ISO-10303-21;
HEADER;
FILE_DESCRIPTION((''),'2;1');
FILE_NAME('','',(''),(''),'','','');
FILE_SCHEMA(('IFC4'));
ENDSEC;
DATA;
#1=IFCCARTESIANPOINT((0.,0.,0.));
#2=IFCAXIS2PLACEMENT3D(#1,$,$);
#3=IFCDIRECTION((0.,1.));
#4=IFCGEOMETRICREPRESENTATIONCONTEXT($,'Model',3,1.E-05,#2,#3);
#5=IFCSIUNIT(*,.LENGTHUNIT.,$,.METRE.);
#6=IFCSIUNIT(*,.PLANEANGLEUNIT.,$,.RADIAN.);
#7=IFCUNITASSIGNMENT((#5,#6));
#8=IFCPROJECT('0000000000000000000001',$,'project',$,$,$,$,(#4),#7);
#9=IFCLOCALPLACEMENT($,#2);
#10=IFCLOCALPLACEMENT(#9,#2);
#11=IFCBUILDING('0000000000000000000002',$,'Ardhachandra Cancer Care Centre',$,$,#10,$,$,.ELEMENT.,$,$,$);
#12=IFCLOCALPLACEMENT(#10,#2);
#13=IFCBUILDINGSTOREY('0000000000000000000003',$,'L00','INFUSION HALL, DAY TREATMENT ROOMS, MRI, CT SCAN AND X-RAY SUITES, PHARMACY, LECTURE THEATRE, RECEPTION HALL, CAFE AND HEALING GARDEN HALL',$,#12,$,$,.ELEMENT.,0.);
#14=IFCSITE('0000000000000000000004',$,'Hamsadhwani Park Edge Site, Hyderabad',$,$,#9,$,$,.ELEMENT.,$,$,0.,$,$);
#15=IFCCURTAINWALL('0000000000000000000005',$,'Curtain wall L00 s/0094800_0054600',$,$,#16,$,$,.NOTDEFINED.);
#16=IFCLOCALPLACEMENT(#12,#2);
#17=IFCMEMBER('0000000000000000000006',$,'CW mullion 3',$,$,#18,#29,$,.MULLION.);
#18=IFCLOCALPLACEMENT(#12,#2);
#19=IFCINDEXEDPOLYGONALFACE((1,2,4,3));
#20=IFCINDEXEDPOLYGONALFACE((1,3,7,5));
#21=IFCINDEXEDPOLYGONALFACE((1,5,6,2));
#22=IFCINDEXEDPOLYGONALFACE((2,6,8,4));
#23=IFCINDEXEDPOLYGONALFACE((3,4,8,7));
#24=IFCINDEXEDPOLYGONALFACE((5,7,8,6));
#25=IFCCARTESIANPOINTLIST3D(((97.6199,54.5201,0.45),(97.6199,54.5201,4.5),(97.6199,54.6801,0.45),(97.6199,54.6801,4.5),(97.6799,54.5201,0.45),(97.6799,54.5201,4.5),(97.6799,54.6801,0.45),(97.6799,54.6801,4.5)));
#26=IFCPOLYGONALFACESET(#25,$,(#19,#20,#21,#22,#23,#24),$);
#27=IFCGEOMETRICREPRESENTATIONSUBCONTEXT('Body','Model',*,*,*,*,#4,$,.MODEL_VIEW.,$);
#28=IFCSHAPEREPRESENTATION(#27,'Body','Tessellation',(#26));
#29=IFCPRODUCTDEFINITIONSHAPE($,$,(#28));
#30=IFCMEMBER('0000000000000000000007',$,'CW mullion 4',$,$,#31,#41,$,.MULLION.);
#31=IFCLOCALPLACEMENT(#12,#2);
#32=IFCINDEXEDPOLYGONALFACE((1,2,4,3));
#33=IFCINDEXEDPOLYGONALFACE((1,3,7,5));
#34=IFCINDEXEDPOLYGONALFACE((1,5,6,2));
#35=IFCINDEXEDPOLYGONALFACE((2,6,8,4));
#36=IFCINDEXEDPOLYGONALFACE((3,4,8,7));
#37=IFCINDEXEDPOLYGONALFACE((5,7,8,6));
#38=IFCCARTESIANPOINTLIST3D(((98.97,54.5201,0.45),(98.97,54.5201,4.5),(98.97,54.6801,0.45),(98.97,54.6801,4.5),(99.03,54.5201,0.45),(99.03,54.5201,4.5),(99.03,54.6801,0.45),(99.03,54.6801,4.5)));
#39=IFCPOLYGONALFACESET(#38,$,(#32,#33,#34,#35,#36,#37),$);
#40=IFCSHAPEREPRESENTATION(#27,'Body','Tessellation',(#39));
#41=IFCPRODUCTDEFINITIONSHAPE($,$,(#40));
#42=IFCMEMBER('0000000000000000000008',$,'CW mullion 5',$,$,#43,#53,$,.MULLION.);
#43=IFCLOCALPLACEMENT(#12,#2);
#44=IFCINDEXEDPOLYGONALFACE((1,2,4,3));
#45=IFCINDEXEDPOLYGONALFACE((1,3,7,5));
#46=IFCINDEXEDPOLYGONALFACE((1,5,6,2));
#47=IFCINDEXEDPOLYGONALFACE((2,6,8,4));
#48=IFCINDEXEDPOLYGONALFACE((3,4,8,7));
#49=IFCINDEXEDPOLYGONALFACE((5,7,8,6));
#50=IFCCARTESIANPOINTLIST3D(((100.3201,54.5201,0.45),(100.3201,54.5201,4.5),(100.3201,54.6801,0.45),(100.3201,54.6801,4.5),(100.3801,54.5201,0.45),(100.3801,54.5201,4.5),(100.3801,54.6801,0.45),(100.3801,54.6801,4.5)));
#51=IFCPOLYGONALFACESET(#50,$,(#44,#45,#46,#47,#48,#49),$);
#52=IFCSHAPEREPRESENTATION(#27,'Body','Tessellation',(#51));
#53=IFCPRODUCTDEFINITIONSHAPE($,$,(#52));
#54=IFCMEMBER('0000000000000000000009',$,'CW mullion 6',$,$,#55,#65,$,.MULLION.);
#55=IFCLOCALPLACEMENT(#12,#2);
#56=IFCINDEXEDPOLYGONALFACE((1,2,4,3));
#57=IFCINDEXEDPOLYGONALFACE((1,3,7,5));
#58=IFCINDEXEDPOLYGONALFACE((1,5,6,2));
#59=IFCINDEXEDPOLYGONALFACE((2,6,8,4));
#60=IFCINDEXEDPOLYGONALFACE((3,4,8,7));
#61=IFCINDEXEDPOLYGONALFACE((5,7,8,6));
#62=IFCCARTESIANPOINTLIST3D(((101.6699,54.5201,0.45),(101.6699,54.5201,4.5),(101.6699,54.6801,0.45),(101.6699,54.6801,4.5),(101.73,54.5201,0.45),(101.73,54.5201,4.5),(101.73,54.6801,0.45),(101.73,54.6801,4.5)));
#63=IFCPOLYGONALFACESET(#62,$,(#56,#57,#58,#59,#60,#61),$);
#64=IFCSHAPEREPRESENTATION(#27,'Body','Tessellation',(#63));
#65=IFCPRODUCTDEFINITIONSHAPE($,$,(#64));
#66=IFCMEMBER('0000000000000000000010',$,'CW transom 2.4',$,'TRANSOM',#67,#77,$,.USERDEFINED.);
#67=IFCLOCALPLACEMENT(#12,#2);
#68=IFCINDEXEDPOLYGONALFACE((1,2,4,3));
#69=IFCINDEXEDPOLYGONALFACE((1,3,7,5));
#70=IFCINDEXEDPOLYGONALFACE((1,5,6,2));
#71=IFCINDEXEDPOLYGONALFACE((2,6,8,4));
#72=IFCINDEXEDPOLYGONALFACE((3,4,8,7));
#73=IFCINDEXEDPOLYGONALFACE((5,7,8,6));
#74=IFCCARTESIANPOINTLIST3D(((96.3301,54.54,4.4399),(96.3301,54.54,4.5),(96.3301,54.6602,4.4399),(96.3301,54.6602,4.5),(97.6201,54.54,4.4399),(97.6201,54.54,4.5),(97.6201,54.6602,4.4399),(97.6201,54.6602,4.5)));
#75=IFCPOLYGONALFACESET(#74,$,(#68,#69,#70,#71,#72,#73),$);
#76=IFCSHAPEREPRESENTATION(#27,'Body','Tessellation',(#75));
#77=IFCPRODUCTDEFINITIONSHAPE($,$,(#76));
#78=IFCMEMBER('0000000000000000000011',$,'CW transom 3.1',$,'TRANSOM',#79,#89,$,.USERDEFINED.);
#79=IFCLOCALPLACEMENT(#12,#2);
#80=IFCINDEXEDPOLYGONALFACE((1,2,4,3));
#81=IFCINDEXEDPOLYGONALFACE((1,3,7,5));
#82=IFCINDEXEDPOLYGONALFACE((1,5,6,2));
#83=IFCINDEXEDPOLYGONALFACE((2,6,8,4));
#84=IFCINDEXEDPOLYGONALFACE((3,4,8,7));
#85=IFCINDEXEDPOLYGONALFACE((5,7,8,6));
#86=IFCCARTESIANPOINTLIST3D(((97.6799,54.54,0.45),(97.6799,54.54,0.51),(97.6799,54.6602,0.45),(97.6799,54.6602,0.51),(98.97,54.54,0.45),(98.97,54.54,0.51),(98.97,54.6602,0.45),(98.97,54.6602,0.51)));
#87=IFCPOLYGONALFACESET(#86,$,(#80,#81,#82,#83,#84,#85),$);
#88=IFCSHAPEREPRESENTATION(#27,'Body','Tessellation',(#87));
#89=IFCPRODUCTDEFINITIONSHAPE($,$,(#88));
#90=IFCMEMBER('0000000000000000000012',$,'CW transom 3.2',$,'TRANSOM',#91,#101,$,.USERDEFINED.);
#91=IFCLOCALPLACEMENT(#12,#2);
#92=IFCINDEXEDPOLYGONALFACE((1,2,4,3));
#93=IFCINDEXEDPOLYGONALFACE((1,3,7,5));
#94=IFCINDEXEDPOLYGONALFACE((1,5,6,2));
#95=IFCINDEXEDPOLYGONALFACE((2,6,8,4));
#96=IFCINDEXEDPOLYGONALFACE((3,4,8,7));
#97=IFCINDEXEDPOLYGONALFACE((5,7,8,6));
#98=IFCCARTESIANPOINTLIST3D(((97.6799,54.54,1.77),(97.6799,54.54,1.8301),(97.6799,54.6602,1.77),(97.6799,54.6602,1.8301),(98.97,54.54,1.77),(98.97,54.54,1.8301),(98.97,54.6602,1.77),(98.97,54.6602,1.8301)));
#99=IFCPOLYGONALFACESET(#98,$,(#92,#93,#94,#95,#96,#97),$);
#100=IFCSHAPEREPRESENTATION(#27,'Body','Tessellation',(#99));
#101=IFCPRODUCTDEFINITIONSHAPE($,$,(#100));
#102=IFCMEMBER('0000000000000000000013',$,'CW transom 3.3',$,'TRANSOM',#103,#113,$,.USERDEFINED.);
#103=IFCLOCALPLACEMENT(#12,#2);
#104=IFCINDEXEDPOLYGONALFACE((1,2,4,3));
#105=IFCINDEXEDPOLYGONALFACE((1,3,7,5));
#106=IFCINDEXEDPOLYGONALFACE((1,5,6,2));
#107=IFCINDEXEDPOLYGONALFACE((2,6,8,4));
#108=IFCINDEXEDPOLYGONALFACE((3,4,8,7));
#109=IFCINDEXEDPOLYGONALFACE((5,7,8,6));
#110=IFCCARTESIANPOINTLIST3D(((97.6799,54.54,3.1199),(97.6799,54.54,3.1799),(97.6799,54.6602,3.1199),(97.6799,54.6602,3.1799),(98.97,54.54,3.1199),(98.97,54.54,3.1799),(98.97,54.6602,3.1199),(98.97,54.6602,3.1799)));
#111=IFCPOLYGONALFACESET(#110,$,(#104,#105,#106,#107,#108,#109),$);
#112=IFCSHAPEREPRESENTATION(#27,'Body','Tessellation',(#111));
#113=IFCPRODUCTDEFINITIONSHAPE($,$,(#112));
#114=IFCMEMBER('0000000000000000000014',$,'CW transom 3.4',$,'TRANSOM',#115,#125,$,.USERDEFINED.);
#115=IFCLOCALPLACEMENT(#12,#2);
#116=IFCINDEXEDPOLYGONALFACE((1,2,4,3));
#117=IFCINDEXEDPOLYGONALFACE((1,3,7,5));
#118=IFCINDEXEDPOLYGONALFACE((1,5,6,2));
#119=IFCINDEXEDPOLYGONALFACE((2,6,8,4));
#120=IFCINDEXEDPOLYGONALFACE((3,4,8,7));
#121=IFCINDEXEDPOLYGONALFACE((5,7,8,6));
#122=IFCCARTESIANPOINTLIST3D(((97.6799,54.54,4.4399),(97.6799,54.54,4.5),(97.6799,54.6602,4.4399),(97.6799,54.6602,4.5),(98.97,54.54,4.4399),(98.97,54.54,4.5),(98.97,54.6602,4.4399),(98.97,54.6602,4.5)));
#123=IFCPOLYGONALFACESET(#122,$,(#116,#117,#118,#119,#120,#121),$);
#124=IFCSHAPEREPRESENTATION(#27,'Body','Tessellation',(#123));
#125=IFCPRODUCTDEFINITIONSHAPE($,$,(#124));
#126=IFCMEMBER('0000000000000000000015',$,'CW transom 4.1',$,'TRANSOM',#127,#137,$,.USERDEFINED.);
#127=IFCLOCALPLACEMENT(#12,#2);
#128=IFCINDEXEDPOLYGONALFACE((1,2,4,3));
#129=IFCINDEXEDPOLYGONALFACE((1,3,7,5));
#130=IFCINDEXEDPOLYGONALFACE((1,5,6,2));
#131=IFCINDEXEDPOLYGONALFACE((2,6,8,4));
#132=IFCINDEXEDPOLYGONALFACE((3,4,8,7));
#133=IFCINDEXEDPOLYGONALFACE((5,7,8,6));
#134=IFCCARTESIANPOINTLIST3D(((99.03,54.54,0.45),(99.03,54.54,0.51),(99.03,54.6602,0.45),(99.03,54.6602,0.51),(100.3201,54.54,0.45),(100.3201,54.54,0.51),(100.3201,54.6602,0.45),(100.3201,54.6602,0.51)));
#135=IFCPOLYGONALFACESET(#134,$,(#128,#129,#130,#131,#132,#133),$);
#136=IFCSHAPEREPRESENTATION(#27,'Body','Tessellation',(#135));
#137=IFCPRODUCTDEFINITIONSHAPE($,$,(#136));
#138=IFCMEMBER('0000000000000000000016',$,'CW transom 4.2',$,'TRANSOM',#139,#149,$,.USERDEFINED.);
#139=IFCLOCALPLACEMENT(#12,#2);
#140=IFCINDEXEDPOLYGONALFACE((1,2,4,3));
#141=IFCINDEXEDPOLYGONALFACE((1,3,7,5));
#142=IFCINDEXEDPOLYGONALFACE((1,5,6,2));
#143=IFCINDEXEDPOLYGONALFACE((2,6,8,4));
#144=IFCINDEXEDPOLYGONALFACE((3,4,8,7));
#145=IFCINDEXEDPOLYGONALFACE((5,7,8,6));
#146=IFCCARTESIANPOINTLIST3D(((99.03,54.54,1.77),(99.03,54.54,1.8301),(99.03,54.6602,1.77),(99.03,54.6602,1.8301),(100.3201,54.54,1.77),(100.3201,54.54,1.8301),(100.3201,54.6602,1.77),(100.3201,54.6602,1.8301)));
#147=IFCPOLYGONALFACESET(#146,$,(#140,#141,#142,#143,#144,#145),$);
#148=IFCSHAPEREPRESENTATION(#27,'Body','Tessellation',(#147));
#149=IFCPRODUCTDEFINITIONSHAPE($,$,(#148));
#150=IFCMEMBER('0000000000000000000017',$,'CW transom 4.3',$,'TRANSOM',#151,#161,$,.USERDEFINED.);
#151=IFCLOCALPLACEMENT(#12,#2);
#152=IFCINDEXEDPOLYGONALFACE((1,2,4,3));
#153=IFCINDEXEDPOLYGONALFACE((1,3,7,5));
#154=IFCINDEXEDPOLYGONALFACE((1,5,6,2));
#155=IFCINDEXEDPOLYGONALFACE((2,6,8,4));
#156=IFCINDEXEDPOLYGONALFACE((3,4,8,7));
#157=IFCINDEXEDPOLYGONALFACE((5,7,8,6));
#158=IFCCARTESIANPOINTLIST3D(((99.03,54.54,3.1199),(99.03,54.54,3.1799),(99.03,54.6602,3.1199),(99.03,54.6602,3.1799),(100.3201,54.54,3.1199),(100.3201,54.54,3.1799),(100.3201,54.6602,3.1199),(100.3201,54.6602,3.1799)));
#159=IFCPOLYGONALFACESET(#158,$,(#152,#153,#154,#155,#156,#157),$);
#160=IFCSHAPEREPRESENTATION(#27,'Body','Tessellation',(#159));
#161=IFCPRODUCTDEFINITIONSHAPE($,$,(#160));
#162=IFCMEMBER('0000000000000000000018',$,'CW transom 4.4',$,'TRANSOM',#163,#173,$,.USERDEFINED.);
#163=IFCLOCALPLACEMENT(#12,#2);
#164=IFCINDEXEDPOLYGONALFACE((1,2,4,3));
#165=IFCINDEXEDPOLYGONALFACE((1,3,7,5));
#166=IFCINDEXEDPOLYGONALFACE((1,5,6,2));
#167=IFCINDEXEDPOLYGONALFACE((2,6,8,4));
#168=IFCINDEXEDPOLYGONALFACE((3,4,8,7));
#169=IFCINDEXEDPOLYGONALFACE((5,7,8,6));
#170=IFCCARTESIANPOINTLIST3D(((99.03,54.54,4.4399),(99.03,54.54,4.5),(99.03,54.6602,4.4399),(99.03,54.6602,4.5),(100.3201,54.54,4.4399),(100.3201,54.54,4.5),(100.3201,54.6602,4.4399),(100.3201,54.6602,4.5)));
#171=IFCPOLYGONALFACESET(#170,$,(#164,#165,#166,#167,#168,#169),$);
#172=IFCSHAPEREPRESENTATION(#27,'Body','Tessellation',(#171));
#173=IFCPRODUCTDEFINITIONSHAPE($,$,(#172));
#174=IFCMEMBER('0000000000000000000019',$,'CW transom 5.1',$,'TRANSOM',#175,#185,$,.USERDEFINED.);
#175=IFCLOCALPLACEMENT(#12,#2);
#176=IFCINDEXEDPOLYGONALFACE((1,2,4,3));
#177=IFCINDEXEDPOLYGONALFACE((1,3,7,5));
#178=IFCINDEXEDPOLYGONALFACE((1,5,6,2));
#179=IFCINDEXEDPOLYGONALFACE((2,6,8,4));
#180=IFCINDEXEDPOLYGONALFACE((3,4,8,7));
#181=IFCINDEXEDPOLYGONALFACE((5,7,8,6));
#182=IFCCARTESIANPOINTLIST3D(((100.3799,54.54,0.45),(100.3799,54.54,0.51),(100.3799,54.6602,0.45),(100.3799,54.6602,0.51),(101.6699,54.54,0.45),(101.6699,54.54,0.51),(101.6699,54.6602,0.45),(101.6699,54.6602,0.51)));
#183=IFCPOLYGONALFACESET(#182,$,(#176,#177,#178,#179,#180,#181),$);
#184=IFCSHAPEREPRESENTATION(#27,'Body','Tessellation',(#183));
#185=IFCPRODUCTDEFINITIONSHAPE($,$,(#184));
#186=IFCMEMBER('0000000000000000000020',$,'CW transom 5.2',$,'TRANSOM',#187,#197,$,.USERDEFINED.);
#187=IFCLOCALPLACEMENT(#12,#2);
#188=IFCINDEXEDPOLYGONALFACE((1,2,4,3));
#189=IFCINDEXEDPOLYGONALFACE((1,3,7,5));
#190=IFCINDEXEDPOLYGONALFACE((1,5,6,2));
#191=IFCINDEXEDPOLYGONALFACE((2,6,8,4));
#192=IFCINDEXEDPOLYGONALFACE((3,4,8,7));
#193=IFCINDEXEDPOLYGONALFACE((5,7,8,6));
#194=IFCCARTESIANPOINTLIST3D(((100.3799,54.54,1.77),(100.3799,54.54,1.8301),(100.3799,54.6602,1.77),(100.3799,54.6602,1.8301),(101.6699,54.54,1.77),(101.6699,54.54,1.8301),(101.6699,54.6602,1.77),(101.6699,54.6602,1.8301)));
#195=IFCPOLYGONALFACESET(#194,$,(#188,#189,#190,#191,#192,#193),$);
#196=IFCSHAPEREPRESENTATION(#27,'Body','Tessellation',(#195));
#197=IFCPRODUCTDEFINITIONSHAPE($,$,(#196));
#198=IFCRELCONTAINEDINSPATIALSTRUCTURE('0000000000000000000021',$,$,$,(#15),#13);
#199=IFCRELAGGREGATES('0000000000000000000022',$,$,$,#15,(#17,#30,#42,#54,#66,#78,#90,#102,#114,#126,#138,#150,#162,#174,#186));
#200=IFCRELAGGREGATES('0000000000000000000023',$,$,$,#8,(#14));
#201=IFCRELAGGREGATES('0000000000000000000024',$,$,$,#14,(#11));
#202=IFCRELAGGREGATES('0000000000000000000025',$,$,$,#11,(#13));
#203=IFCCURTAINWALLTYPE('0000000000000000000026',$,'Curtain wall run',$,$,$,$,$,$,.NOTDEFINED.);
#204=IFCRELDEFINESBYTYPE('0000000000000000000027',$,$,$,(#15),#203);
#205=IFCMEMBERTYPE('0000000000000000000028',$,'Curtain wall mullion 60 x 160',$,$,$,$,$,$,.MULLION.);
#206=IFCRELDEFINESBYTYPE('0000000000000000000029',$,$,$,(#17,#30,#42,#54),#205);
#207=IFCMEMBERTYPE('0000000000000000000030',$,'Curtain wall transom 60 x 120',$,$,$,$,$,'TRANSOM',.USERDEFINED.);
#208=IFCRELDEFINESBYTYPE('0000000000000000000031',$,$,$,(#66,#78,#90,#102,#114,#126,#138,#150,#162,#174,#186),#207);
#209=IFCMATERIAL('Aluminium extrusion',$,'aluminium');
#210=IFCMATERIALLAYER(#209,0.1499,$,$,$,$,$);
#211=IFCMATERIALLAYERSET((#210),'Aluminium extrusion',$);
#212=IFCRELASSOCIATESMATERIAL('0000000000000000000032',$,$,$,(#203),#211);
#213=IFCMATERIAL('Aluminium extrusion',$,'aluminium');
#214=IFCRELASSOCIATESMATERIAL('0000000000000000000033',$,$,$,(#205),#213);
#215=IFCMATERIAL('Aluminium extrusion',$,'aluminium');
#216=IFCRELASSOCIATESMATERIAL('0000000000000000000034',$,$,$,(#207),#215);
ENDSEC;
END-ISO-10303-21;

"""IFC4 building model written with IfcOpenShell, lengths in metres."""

from ifc_helpers import new_model, si_unit, direction, frame, origin, origin_2d, place, context, subcontext, project, spatial, rectangle, extrude, material, layer, layer_set, material_profile, profile_set, type_object, element, aggregate, save


model = new_model("IFC4")

# Units and contexts
model_context = context("Model", 3, precision=1e-05, world=origin(), true_north=direction((0.0, 1.0)))
body_context = subcontext(model_context, "Body", "Model", "MODEL_VIEW")
ifc_project = project(units=[si_unit("LENGTHUNIT", "METRE"), si_unit("PLANEANGLEUNIT", "RADIAN")], contexts=[model_context])

# Site, building, storey
site_placement = place(None, origin())
site = spatial("IfcSite", under=ifc_project, at=site_placement, Name="Hamsadhwani Park Edge Site, Hyderabad", CompositionType="ELEMENT", RefElevation=0.0)
building_placement = place(site_placement, origin())
building = spatial("IfcBuilding", under=site, at=building_placement, Name="Ardhachandra Cancer Care Centre", CompositionType="ELEMENT")
storey_placement = place(building_placement, origin())
storey = spatial("IfcBuildingStorey", under=building, at=storey_placement, Name="L00", Description="INFUSION HALL, DAY TREATMENT ROOMS, MRI, CT SCAN AND X-RAY SUITES, PHARMACY, LECTURE THEATRE, RECEPTION HALL, CAFE AND HEALING GARDEN HALL", CompositionType="ELEMENT", Elevation=0.0)

# Curtain wall, members
ifc_material_1 = material(Name="Aluminium extrusion", Category="aluminium")
ifc_layer_1 = layer(ifc_material_1, 0.1499)
ifc_layer_set_1 = layer_set([ifc_layer_1], Name="Aluminium extrusion")
curtain_wall_type = type_object("IfcCurtainWallType", Name="Curtain wall run", PredefinedType="NOTDEFINED", material=ifc_layer_set_1)
curtain_wall_placement = place(storey_placement, origin())
curtain_wall = element("IfcCurtainWall", 1, at=curtain_wall_placement, inside=storey, type_object=curtain_wall_type, Name="Curtain wall L00 s/0094800_0054600", PredefinedType="NOTDEFINED")
ifc_material_2 = material(Name="Aluminium extrusion", Category="aluminium")
ifc_material_profile_1 = material_profile(ifc_material_2, rectangle(XDim=0.1599, YDim=0.0601, at=origin_2d()), Name="Curtain wall mullion 60 x 160")
ifc_profile_set_1 = profile_set([ifc_material_profile_1], Name="Aluminium extrusion")
member_type_1 = type_object("IfcMemberType", Name="Curtain wall mullion 60 x 160", PredefinedType="MULLION", material=ifc_profile_set_1)
member_1_placement = place(storey_placement, frame((97.6499, 54.6001, 0.45), z_axis=(0.0, 0.0, 1.0), x_axis=(0.0, 1.0, 0.0)))
member_1 = element("IfcMember", 2, at=member_1_placement, type_object=member_type_1, Name="CW mullion 3", PredefinedType="MULLION", context=body_context, shape_type="SweptSolid", body=[
    extrude(rectangle(XDim=0.1599, YDim=0.0601, at=origin_2d()), origin(), (0.0, 0.0, 1.0), 4.05),
])
member_2_placement = place(storey_placement, frame((99.0, 54.6001, 0.45), z_axis=(0.0, 0.0, 1.0), x_axis=(0.0, 1.0, 0.0)))
member_2 = element("IfcMember", 3, at=member_2_placement, type_object=member_type_1, Name="CW mullion 4", PredefinedType="MULLION", context=body_context, shape_type="SweptSolid", body=[
    extrude(rectangle(XDim=0.1599, YDim=0.0601, at=origin_2d()), origin(), (0.0, 0.0, 1.0), 4.05),
])
member_3_placement = place(storey_placement, frame((100.3501, 54.6001, 0.45), z_axis=(0.0, 0.0, 1.0), x_axis=(0.0, 1.0, 0.0)))
member_3 = element("IfcMember", 4, at=member_3_placement, type_object=member_type_1, Name="CW mullion 5", PredefinedType="MULLION", context=body_context, shape_type="SweptSolid", body=[
    extrude(rectangle(XDim=0.1599, YDim=0.0601, at=origin_2d()), origin(), (0.0, 0.0, 1.0), 4.05),
])
member_4_placement = place(storey_placement, frame((101.7, 54.6001, 0.45), z_axis=(0.0, 0.0, 1.0), x_axis=(0.0, 1.0, 0.0)))
member_4 = element("IfcMember", 5, at=member_4_placement, type_object=member_type_1, Name="CW mullion 6", PredefinedType="MULLION", context=body_context, shape_type="SweptSolid", body=[
    extrude(rectangle(XDim=0.1599, YDim=0.0601, at=origin_2d()), origin(), (0.0, 0.0, 1.0), 4.05),
])
ifc_material_3 = material(Name="Aluminium extrusion", Category="aluminium")
ifc_material_profile_2 = material_profile(ifc_material_3, rectangle(XDim=0.1201, YDim=0.0601, at=origin_2d()), Name="Curtain wall transom 60 x 120")
ifc_profile_set_2 = profile_set([ifc_material_profile_2], Name="Aluminium extrusion")
member_type_2 = type_object("IfcMemberType", Name="Curtain wall transom 60 x 120", ElementType="TRANSOM", PredefinedType="USERDEFINED", material=ifc_profile_set_2)
member_5_placement = place(storey_placement, frame((96.3301, 54.6001, 4.47), z_axis=(1.0, 0.0, 0.0), x_axis=(0.0, 1.0, 0.0)))
member_5 = element("IfcMember", 6, at=member_5_placement, type_object=member_type_2, Name="CW transom 2.4", ObjectType="TRANSOM", PredefinedType="USERDEFINED", context=body_context, shape_type="SweptSolid", body=[
    extrude(rectangle(XDim=0.1201, YDim=0.0601, at=origin_2d()), origin(), (0.0, 0.0, 1.0), 1.29),
])
member_6_placement = place(storey_placement, frame((97.6799, 54.6001, 0.48), z_axis=(1.0, 0.0, 0.0), x_axis=(0.0, 1.0, 0.0)))
member_6 = element("IfcMember", 7, at=member_6_placement, type_object=member_type_2, Name="CW transom 3.1", ObjectType="TRANSOM", PredefinedType="USERDEFINED", context=body_context, shape_type="SweptSolid", body=[
    extrude(rectangle(XDim=0.1201, YDim=0.0601, at=origin_2d()), origin(), (0.0, 0.0, 1.0), 1.29),
])
member_7_placement = place(storey_placement, frame((97.6799, 54.6001, 1.8), z_axis=(1.0, 0.0, 0.0), x_axis=(0.0, 1.0, 0.0)))
member_7 = element("IfcMember", 8, at=member_7_placement, type_object=member_type_2, Name="CW transom 3.2", ObjectType="TRANSOM", PredefinedType="USERDEFINED", context=body_context, shape_type="SweptSolid", body=[
    extrude(rectangle(XDim=0.1201, YDim=0.0601, at=origin_2d()), origin(), (0.0, 0.0, 1.0), 1.29),
])
member_8_placement = place(storey_placement, frame((97.6799, 54.6001, 3.1499), z_axis=(1.0, 0.0, 0.0), x_axis=(0.0, 1.0, 0.0)))
member_8 = element("IfcMember", 9, at=member_8_placement, type_object=member_type_2, Name="CW transom 3.3", ObjectType="TRANSOM", PredefinedType="USERDEFINED", context=body_context, shape_type="SweptSolid", body=[
    extrude(rectangle(XDim=0.1201, YDim=0.0601, at=origin_2d()), origin(), (0.0, 0.0, 1.0), 1.29),
])
member_9_placement = place(storey_placement, frame((97.6799, 54.6001, 4.47), z_axis=(1.0, 0.0, 0.0), x_axis=(0.0, 1.0, 0.0)))
member_9 = element("IfcMember", 10, at=member_9_placement, type_object=member_type_2, Name="CW transom 3.4", ObjectType="TRANSOM", PredefinedType="USERDEFINED", context=body_context, shape_type="SweptSolid", body=[
    extrude(rectangle(XDim=0.1201, YDim=0.0601, at=origin_2d()), origin(), (0.0, 0.0, 1.0), 1.29),
])
member_10_placement = place(storey_placement, frame((99.03, 54.6001, 0.48), z_axis=(1.0, 0.0, 0.0), x_axis=(0.0, 1.0, 0.0)))
member_10 = element("IfcMember", 11, at=member_10_placement, type_object=member_type_2, Name="CW transom 4.1", ObjectType="TRANSOM", PredefinedType="USERDEFINED", context=body_context, shape_type="SweptSolid", body=[
    extrude(rectangle(XDim=0.1201, YDim=0.0601, at=origin_2d()), origin(), (0.0, 0.0, 1.0), 1.29),
])
member_11_placement = place(storey_placement, frame((99.03, 54.6001, 1.8), z_axis=(1.0, 0.0, 0.0), x_axis=(0.0, 1.0, 0.0)))
member_11 = element("IfcMember", 12, at=member_11_placement, type_object=member_type_2, Name="CW transom 4.2", ObjectType="TRANSOM", PredefinedType="USERDEFINED", context=body_context, shape_type="SweptSolid", body=[
    extrude(rectangle(XDim=0.1201, YDim=0.0601, at=origin_2d()), origin(), (0.0, 0.0, 1.0), 1.29),
])
member_12_placement = place(storey_placement, frame((99.03, 54.6001, 3.1499), z_axis=(1.0, 0.0, 0.0), x_axis=(0.0, 1.0, 0.0)))
member_12 = element("IfcMember", 13, at=member_12_placement, type_object=member_type_2, Name="CW transom 4.3", ObjectType="TRANSOM", PredefinedType="USERDEFINED", context=body_context, shape_type="SweptSolid", body=[
    extrude(rectangle(XDim=0.1201, YDim=0.0601, at=origin_2d()), origin(), (0.0, 0.0, 1.0), 1.29),
])
member_13_placement = place(storey_placement, frame((99.03, 54.6001, 4.47), z_axis=(1.0, 0.0, 0.0), x_axis=(0.0, 1.0, 0.0)))
member_13 = element("IfcMember", 14, at=member_13_placement, type_object=member_type_2, Name="CW transom 4.4", ObjectType="TRANSOM", PredefinedType="USERDEFINED", context=body_context, shape_type="SweptSolid", body=[
    extrude(rectangle(XDim=0.1201, YDim=0.0601, at=origin_2d()), origin(), (0.0, 0.0, 1.0), 1.29),
])
member_14_placement = place(storey_placement, frame((100.3799, 54.6001, 0.48), z_axis=(1.0, 0.0, 0.0), x_axis=(0.0, 1.0, 0.0)))
member_14 = element("IfcMember", 15, at=member_14_placement, type_object=member_type_2, Name="CW transom 5.1", ObjectType="TRANSOM", PredefinedType="USERDEFINED", context=body_context, shape_type="SweptSolid", body=[
    extrude(rectangle(XDim=0.1201, YDim=0.0601, at=origin_2d()), origin(), (0.0, 0.0, 1.0), 1.29),
])
member_15_placement = place(storey_placement, frame((100.3799, 54.6001, 1.8), z_axis=(1.0, 0.0, 0.0), x_axis=(0.0, 1.0, 0.0)))
member_15 = element("IfcMember", 16, at=member_15_placement, type_object=member_type_2, Name="CW transom 5.2", ObjectType="TRANSOM", PredefinedType="USERDEFINED", context=body_context, shape_type="SweptSolid", body=[
    extrude(rectangle(XDim=0.1201, YDim=0.0601, at=origin_2d()), origin(), (0.0, 0.0, 1.0), 1.29),
])
aggregate(curtain_wall, [member_1, member_2, member_3, member_4, member_5, member_6, member_7, member_8, member_9, member_10, member_11, member_12, member_13, member_14, member_15])

save(model, "model.ifc")
